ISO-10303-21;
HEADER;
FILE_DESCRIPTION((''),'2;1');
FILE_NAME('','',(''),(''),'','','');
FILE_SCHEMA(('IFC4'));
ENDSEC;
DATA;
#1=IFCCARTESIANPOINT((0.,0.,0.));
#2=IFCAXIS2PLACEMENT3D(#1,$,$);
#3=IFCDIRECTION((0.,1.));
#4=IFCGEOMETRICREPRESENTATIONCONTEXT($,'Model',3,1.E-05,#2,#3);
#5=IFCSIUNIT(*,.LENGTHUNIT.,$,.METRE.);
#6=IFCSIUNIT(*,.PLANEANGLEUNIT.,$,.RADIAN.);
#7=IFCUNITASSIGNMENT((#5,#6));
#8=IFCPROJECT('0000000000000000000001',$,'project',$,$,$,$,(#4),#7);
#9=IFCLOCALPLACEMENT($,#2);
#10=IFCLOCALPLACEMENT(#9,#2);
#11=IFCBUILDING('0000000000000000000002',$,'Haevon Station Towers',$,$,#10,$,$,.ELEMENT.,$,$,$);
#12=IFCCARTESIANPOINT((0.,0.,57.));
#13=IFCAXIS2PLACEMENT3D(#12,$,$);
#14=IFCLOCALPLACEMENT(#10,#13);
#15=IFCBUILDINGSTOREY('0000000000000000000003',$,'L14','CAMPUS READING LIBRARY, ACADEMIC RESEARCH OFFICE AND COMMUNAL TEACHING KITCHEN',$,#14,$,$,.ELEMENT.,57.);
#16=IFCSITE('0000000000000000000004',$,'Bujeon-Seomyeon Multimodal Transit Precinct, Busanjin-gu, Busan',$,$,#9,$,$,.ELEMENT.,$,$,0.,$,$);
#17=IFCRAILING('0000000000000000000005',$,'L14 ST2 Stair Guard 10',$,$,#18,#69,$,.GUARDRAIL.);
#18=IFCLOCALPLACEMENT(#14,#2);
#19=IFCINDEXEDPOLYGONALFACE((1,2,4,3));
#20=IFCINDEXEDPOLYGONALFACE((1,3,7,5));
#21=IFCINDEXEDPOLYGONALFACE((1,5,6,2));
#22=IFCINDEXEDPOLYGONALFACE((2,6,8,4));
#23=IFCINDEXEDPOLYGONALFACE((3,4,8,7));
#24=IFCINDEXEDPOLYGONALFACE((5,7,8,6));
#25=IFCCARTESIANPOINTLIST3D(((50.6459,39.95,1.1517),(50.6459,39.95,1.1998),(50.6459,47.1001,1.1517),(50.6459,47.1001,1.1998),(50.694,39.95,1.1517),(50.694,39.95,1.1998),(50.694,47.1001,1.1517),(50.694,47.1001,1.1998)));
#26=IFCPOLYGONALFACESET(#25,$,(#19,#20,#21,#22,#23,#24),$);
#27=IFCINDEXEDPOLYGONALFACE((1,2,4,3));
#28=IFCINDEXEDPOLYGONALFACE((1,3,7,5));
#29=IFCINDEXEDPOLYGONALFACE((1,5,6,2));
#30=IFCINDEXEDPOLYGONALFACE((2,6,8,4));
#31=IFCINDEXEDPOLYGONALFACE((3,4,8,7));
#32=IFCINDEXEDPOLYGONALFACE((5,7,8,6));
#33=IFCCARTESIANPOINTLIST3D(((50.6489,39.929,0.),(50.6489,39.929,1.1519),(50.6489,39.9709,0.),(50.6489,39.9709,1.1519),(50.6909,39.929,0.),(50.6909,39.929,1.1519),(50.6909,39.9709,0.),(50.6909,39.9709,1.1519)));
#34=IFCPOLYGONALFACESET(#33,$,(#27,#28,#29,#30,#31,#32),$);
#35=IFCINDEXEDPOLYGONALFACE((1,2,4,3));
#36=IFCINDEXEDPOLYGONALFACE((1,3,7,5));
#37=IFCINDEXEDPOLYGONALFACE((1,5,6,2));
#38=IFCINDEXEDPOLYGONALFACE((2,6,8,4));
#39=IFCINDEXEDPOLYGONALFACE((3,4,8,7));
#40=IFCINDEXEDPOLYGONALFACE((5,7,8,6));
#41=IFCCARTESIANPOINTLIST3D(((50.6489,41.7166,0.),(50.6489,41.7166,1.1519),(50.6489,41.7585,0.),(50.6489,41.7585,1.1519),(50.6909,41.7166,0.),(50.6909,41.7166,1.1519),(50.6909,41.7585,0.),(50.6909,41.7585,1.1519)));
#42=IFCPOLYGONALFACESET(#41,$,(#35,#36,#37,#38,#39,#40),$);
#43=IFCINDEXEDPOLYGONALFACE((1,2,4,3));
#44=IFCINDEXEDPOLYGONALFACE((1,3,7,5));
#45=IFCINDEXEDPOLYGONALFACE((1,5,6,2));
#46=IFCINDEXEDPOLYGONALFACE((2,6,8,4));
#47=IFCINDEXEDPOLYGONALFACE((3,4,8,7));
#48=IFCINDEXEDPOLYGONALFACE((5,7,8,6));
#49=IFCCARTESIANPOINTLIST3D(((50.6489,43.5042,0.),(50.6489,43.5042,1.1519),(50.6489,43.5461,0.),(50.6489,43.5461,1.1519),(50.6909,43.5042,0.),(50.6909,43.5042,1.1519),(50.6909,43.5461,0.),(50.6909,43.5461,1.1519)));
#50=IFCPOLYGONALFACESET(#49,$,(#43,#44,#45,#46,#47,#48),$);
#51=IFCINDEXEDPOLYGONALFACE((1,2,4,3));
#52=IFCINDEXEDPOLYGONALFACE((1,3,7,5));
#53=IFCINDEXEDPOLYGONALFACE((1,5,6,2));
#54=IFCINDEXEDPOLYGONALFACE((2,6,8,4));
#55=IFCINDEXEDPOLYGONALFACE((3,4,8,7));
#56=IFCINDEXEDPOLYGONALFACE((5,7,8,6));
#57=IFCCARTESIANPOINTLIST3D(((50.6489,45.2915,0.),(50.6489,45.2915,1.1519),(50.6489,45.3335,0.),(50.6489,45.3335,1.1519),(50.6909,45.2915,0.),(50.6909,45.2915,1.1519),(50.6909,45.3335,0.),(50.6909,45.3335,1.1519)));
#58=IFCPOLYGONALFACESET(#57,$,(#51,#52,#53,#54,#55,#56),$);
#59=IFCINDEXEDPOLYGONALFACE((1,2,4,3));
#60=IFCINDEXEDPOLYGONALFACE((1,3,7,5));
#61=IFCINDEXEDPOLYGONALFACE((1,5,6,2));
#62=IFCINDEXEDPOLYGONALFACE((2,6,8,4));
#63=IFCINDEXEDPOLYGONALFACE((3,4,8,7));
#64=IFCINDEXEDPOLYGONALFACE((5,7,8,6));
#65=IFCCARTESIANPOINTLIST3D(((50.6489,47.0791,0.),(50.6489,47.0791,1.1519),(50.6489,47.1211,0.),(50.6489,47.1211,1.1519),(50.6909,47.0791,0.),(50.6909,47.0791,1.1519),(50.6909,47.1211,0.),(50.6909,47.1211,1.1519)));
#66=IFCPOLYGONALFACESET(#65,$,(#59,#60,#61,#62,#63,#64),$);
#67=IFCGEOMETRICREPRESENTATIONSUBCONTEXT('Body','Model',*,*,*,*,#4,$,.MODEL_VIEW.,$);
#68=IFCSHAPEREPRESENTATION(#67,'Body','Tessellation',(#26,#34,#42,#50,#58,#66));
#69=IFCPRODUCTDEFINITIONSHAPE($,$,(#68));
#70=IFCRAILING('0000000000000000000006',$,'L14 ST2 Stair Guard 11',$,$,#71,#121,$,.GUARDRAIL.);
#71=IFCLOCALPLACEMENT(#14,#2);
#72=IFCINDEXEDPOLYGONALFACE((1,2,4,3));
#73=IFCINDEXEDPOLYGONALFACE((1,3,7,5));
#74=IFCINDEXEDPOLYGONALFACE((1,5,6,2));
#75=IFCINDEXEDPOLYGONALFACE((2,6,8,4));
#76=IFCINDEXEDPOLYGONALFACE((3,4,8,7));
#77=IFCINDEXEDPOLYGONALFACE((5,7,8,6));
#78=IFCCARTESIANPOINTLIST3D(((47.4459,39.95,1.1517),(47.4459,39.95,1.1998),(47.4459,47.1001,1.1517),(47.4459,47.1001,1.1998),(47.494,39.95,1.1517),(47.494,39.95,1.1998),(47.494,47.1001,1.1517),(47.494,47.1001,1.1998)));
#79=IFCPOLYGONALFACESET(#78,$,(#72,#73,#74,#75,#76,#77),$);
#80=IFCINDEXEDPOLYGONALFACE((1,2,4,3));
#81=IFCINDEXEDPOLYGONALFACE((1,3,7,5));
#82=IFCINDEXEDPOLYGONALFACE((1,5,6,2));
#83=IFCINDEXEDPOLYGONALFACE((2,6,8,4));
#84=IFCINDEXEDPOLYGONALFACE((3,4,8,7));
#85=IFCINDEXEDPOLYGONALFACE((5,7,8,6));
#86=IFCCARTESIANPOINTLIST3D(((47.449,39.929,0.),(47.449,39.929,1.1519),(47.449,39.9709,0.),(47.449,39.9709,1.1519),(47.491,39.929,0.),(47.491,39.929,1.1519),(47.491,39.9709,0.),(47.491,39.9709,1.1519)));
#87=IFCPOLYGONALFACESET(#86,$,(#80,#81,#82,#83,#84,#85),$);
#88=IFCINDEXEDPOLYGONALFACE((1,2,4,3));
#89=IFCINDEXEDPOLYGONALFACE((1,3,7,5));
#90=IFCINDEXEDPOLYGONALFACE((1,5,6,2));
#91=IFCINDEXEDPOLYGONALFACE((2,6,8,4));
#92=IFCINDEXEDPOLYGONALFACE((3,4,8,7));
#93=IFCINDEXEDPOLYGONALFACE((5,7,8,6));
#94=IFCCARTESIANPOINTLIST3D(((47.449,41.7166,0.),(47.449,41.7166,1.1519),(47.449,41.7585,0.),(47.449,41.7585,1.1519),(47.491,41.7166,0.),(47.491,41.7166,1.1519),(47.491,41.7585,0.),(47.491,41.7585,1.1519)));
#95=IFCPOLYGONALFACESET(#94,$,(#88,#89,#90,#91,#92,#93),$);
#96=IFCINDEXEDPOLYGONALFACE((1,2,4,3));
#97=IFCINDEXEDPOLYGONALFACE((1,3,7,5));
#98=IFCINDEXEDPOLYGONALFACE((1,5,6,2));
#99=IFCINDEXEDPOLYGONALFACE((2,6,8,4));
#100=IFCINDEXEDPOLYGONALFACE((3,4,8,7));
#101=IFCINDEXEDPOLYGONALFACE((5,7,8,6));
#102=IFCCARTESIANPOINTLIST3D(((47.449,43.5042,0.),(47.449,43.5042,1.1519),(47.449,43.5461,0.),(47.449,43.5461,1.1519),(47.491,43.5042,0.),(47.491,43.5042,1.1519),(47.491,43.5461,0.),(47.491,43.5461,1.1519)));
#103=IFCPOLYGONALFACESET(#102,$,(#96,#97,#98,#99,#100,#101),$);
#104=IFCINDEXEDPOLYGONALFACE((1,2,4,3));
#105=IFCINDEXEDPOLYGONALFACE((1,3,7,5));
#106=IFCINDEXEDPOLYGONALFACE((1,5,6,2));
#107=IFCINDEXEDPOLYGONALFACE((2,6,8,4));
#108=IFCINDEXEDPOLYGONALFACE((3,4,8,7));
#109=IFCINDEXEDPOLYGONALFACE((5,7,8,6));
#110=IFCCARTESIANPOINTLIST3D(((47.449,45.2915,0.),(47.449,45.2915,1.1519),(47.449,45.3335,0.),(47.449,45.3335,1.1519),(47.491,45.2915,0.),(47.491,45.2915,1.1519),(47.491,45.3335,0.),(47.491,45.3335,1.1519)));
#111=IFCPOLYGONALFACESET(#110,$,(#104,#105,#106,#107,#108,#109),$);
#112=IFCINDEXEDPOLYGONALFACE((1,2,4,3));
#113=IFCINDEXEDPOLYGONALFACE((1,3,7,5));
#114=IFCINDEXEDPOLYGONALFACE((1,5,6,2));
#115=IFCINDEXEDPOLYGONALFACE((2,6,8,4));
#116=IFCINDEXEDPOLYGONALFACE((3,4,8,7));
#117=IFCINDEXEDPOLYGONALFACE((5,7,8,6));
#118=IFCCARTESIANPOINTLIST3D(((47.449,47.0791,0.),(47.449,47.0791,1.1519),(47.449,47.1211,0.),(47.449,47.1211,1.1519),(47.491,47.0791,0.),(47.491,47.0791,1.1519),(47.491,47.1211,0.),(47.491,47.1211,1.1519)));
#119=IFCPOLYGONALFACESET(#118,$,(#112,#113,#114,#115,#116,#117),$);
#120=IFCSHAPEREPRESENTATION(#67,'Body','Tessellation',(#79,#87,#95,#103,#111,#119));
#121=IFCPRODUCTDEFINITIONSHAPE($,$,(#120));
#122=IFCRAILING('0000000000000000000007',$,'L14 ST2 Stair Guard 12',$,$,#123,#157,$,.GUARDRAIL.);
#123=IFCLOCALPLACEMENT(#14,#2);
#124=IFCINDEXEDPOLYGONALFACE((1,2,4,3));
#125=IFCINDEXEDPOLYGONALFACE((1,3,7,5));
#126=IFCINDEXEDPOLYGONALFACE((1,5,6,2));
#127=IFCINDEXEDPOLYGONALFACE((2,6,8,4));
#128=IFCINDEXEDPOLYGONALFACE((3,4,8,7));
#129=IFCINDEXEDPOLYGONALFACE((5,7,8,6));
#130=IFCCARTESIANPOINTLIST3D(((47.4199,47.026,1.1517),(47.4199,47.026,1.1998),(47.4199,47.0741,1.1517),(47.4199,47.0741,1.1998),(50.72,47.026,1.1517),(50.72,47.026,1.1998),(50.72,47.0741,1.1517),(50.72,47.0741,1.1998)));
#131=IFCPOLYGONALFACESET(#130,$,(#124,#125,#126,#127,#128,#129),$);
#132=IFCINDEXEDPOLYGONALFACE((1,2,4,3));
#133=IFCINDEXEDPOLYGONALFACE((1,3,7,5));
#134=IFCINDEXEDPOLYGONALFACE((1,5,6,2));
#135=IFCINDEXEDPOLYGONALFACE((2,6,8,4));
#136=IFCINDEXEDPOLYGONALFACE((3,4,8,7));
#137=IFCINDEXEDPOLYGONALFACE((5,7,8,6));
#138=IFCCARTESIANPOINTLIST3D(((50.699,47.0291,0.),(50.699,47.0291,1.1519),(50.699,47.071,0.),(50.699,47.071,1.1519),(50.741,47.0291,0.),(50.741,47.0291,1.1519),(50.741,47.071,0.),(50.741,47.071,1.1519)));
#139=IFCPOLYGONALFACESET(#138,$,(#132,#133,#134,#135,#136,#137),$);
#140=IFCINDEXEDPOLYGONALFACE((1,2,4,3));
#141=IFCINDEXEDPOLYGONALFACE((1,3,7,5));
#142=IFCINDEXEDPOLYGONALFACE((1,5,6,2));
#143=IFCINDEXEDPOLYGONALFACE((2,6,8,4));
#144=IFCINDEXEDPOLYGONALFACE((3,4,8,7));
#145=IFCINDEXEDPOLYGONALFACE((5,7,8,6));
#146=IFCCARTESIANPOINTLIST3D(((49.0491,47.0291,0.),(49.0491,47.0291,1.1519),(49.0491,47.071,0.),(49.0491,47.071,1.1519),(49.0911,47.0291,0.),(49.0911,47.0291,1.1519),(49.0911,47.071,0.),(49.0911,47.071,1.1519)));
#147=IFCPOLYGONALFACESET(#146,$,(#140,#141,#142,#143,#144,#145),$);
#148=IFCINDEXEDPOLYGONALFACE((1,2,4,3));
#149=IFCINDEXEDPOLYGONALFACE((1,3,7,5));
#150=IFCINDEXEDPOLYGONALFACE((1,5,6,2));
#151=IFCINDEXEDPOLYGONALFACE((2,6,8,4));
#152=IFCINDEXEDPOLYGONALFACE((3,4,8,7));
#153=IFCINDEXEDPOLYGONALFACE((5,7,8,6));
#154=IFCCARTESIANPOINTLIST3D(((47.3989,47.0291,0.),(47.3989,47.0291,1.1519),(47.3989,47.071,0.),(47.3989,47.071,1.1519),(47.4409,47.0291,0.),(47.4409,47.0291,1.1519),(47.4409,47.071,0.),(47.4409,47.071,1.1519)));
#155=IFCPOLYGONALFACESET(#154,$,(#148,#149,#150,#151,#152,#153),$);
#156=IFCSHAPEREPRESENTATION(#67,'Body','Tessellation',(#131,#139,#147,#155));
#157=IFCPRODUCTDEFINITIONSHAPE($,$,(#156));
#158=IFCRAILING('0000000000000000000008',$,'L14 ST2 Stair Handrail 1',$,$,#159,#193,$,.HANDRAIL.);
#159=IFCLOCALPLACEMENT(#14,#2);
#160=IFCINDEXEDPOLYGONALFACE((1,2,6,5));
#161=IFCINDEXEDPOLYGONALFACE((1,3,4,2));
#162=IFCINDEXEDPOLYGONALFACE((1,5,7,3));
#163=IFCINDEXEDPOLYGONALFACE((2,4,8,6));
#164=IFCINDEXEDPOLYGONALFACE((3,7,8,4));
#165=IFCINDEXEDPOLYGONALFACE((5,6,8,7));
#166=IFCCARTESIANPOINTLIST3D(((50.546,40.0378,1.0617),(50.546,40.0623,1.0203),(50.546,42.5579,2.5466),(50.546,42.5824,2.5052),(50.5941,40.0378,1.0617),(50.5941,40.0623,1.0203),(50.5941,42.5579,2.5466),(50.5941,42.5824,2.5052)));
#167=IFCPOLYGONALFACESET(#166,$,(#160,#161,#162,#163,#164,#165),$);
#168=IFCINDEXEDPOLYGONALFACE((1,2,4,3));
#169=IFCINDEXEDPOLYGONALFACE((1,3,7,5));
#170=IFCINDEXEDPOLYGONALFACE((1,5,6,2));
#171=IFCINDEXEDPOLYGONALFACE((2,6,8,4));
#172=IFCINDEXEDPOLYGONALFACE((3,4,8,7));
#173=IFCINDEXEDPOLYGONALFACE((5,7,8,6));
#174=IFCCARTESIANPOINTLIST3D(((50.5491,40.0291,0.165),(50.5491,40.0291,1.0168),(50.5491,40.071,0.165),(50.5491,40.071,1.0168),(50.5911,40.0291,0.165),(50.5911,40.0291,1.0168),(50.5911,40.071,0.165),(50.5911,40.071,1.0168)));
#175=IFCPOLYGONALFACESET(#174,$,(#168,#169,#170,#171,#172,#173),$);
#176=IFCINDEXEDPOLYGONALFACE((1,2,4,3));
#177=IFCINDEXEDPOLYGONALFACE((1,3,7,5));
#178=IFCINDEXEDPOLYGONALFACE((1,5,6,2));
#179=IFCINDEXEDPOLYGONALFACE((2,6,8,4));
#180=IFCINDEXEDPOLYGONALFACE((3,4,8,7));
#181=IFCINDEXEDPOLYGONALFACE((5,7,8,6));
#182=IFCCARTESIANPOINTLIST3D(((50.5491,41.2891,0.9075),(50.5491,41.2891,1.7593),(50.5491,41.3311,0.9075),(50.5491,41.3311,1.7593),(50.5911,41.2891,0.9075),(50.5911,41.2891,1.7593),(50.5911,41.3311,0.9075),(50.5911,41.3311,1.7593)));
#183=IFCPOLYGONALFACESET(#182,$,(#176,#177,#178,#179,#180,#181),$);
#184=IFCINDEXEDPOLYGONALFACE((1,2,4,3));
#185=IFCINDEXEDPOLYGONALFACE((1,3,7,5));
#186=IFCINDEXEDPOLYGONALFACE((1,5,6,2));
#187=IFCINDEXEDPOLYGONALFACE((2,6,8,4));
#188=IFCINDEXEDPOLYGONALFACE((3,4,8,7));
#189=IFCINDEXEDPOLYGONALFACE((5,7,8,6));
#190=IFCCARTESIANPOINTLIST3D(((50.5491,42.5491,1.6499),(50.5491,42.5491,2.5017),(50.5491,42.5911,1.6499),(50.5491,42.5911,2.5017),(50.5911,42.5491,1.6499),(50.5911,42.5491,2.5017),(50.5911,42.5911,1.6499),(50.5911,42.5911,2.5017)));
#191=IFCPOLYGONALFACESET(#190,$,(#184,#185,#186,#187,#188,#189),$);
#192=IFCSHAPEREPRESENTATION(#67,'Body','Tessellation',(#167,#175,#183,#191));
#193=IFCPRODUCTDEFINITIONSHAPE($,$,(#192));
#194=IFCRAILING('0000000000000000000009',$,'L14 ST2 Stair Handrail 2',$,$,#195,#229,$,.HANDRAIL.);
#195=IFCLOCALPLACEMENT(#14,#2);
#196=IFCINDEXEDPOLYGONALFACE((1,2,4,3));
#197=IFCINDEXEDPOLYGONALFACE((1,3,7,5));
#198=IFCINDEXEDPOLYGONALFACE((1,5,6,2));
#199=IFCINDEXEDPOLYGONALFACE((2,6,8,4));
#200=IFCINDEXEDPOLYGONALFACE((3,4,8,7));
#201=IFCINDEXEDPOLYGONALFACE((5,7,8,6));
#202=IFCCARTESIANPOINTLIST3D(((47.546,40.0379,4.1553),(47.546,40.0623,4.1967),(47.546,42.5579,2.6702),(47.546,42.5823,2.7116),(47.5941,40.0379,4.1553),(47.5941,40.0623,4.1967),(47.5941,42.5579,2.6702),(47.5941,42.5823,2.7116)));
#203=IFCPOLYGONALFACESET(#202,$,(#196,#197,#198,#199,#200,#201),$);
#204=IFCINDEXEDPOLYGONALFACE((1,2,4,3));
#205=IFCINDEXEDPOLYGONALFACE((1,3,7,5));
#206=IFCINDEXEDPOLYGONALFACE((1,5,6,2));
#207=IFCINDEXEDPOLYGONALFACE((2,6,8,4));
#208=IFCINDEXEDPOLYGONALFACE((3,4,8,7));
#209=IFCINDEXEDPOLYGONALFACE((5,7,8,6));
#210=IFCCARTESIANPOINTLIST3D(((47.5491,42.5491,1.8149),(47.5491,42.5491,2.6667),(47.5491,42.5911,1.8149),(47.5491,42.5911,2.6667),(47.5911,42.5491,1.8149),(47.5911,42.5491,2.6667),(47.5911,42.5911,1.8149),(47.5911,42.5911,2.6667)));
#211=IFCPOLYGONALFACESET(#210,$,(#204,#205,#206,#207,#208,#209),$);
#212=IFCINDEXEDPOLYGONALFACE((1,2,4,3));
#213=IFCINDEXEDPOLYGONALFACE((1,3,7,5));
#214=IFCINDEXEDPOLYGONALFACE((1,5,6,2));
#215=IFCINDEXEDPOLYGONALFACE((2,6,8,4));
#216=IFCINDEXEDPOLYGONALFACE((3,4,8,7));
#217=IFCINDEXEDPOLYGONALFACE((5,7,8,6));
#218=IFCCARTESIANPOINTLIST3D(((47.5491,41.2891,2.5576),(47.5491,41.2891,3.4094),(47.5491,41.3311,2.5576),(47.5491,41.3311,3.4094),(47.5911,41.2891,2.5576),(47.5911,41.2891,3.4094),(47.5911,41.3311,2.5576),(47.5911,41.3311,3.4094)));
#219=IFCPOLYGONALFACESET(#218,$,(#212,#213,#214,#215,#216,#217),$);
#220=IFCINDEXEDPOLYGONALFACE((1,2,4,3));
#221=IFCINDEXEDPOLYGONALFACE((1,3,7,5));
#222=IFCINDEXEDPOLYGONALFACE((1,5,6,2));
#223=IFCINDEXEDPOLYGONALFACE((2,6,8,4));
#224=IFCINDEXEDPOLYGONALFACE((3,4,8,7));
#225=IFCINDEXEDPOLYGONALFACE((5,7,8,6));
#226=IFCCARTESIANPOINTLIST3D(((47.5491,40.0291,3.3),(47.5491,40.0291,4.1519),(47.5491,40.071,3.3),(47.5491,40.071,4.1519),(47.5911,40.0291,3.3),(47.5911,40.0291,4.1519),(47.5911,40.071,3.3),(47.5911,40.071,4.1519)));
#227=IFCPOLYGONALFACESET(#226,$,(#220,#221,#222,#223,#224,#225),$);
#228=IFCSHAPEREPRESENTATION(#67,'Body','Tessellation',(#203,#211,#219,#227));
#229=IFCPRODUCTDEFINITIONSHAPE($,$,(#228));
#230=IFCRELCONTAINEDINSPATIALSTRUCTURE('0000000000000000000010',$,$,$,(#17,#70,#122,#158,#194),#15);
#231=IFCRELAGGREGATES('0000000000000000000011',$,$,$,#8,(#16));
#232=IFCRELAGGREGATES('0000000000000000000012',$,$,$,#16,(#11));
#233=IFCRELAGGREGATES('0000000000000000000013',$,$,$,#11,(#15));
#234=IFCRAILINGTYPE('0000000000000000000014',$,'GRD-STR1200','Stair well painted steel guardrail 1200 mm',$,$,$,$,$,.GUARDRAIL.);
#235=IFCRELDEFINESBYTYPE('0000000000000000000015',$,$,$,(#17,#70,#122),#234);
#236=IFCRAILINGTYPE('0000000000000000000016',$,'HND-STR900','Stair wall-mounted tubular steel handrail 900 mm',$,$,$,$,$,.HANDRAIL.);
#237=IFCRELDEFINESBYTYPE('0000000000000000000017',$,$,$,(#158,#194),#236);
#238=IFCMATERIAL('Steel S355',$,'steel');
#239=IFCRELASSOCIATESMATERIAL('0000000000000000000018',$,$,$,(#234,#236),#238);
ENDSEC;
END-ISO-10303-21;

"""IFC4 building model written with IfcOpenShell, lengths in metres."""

from ifc_helpers import new_model, si_unit, direction, frame, origin, origin_2d, place, context, subcontext, project, spatial, rectangle, extrude, material, type_object, element, save


model = new_model("IFC4")

# Units and contexts
model_context = context("Model", 3, precision=1e-05, world=origin(), true_north=direction((0.0, 1.0)))
body_context = subcontext(model_context, "Body", "Model", "MODEL_VIEW")
ifc_project = project(units=[si_unit("LENGTHUNIT", "METRE"), si_unit("PLANEANGLEUNIT", "RADIAN")], contexts=[model_context])

# Site, building, storey
site_placement = place(None, origin())
site = spatial("IfcSite", under=ifc_project, at=site_placement, Name="Bujeon-Seomyeon Multimodal Transit Precinct, Busanjin-gu, Busan", CompositionType="ELEMENT", RefElevation=0.0)
building_placement = place(site_placement, origin())
building = spatial("IfcBuilding", under=site, at=building_placement, Name="Haevon Station Towers", CompositionType="ELEMENT")
storey_placement = place(building_placement, frame((0.0, 0.0, 57.0)))
storey = spatial("IfcBuildingStorey", under=building, at=storey_placement, Name="L14", Description="CAMPUS READING LIBRARY, ACADEMIC RESEARCH OFFICE AND COMMUNAL TEACHING KITCHEN", CompositionType="ELEMENT", Elevation=57.0)

# Shared definitions
ifc_material_1 = material(Name="Steel S355", Category="steel")

# Railings
railing_type_1 = type_object("IfcRailingType", Name="GRD-STR1200", Description="Stair well painted steel guardrail 1200 mm", PredefinedType="GUARDRAIL", material=ifc_material_1)
for number, where, name in (
    (1, (50.6699, 39.95, 0.0), "L14 ST2 Stair Guard 10"),
    (2, (47.47, 39.95, 0.0), "L14 ST2 Stair Guard 11"),
):
    element("IfcRailing", number, at=place(storey_placement, frame(where)), inside=storey, type_object=railing_type_1, Name=name, PredefinedType="GUARDRAIL", context=body_context, shape_type="SweptSolid", body=[
        extrude(rectangle(XDim=0.0481, YDim=0.0481, at=origin_2d()), frame((0.0, 0.0, 1.1758), z_axis=(0.0, 1.0, 0.0), x_axis=(-1.0, 0.0, 0.0)), (0.0, 0.0, 1.0), 7.1501),
        extrude(rectangle(XDim=0.042, YDim=0.042, at=origin_2d()), origin(), (0.0, 0.0, 1.0), 1.1519),
        extrude(rectangle(XDim=0.042, YDim=0.042, at=origin_2d()), frame((0.0, 1.7876, 0.0)), (0.0, 0.0, 1.0), 1.1519),
        extrude(rectangle(XDim=0.042, YDim=0.042, at=origin_2d()), frame((0.0, 3.5752, 0.0)), (0.0, 0.0, 1.0), 1.1519),
        extrude(rectangle(XDim=0.042, YDim=0.042, at=origin_2d()), frame((0.0, 5.3625, 0.0)), (0.0, 0.0, 1.0), 1.1519),
        extrude(rectangle(XDim=0.042, YDim=0.042, at=origin_2d()), frame((0.0, 7.1501, 0.0)), (0.0, 0.0, 1.0), 1.1519),
    ])
railing_1_placement = place(storey_placement, frame((50.72, 47.05, 0.0)))
element("IfcRailing", 3, at=railing_1_placement, inside=storey, type_object=railing_type_1, Name="L14 ST2 Stair Guard 12", PredefinedType="GUARDRAIL", context=body_context, shape_type="SweptSolid", body=[
    extrude(rectangle(XDim=0.0481, YDim=0.0481, at=origin_2d()), frame((0.0, 0.0, 1.1758), z_axis=(-1.0, 0.0, 0.0), x_axis=(0.0, -1.0, 0.0)), (0.0, 0.0, 1.0), 3.3),
    extrude(rectangle(XDim=0.042, YDim=0.042, at=origin_2d()), origin(), (0.0, 0.0, 1.0), 1.1519),
    extrude(rectangle(XDim=0.042, YDim=0.042, at=origin_2d()), frame((-1.6499, 0.0, 0.0)), (0.0, 0.0, 1.0), 1.1519),
    extrude(rectangle(XDim=0.042, YDim=0.042, at=origin_2d()), frame((-3.3, 0.0, 0.0)), (0.0, 0.0, 1.0), 1.1519),
])
railing_type_2 = type_object("IfcRailingType", Name="HND-STR900", Description="Stair wall-mounted tubular steel handrail 900 mm", PredefinedType="HANDRAIL", material=ifc_material_1)
railing_2_placement = place(storey_placement, frame((50.5701, 40.05, 0.165)))
element("IfcRailing", 4, at=railing_2_placement, inside=storey, type_object=railing_type_2, Name="L14 ST2 Stair Handrail 1", PredefinedType="HANDRAIL", context=body_context, shape_type="SweptSolid", body=[
    extrude(rectangle(XDim=0.0481, YDim=0.0481, at=origin_2d()), frame((0.0, 0.0, 0.876), z_axis=(0.0, 0.861561, 0.507655), x_axis=(-1.0, 0.0, 0.0)), (0.0, 0.0, 1.0), 2.925),
    extrude(rectangle(XDim=0.042, YDim=0.042, at=origin_2d()), origin(), (0.0, 0.0, 1.0), 0.8518),
    extrude(rectangle(XDim=0.042, YDim=0.042, at=origin_2d()), frame((0.0, 1.26, 0.7424)), (0.0, 0.0, 1.0), 0.8518),
    extrude(rectangle(XDim=0.042, YDim=0.042, at=origin_2d()), frame((0.0, 2.52, 1.4849)), (0.0, 0.0, 1.0), 0.8518),
])
railing_3_placement = place(storey_placement, frame((47.5701, 42.5701, 1.8149)))
element("IfcRailing", 5, at=railing_3_placement, inside=storey, type_object=railing_type_2, Name="L14 ST2 Stair Handrail 2", PredefinedType="HANDRAIL", context=body_context, shape_type="SweptSolid", body=[
    extrude(rectangle(XDim=0.0481, YDim=0.0481, at=origin_2d()), frame((0.0, 0.0, 0.876), z_axis=(0.0, -0.861524, 0.507717), x_axis=(1.0, 0.0, 0.0)), (0.0, 0.0, 1.0), 2.925),
    extrude(rectangle(XDim=0.042, YDim=0.042, at=origin_2d()), origin(), (0.0, 0.0, 1.0), 0.8518),
    extrude(rectangle(XDim=0.042, YDim=0.042, at=origin_2d()), frame((0.0, -1.26, 0.7427)), (0.0, 0.0, 1.0), 0.8518),
    extrude(rectangle(XDim=0.042, YDim=0.042, at=origin_2d()), frame((0.0, -2.52, 1.4851)), (0.0, 0.0, 1.0), 0.8518),
])

save(model, "model.ifc")
